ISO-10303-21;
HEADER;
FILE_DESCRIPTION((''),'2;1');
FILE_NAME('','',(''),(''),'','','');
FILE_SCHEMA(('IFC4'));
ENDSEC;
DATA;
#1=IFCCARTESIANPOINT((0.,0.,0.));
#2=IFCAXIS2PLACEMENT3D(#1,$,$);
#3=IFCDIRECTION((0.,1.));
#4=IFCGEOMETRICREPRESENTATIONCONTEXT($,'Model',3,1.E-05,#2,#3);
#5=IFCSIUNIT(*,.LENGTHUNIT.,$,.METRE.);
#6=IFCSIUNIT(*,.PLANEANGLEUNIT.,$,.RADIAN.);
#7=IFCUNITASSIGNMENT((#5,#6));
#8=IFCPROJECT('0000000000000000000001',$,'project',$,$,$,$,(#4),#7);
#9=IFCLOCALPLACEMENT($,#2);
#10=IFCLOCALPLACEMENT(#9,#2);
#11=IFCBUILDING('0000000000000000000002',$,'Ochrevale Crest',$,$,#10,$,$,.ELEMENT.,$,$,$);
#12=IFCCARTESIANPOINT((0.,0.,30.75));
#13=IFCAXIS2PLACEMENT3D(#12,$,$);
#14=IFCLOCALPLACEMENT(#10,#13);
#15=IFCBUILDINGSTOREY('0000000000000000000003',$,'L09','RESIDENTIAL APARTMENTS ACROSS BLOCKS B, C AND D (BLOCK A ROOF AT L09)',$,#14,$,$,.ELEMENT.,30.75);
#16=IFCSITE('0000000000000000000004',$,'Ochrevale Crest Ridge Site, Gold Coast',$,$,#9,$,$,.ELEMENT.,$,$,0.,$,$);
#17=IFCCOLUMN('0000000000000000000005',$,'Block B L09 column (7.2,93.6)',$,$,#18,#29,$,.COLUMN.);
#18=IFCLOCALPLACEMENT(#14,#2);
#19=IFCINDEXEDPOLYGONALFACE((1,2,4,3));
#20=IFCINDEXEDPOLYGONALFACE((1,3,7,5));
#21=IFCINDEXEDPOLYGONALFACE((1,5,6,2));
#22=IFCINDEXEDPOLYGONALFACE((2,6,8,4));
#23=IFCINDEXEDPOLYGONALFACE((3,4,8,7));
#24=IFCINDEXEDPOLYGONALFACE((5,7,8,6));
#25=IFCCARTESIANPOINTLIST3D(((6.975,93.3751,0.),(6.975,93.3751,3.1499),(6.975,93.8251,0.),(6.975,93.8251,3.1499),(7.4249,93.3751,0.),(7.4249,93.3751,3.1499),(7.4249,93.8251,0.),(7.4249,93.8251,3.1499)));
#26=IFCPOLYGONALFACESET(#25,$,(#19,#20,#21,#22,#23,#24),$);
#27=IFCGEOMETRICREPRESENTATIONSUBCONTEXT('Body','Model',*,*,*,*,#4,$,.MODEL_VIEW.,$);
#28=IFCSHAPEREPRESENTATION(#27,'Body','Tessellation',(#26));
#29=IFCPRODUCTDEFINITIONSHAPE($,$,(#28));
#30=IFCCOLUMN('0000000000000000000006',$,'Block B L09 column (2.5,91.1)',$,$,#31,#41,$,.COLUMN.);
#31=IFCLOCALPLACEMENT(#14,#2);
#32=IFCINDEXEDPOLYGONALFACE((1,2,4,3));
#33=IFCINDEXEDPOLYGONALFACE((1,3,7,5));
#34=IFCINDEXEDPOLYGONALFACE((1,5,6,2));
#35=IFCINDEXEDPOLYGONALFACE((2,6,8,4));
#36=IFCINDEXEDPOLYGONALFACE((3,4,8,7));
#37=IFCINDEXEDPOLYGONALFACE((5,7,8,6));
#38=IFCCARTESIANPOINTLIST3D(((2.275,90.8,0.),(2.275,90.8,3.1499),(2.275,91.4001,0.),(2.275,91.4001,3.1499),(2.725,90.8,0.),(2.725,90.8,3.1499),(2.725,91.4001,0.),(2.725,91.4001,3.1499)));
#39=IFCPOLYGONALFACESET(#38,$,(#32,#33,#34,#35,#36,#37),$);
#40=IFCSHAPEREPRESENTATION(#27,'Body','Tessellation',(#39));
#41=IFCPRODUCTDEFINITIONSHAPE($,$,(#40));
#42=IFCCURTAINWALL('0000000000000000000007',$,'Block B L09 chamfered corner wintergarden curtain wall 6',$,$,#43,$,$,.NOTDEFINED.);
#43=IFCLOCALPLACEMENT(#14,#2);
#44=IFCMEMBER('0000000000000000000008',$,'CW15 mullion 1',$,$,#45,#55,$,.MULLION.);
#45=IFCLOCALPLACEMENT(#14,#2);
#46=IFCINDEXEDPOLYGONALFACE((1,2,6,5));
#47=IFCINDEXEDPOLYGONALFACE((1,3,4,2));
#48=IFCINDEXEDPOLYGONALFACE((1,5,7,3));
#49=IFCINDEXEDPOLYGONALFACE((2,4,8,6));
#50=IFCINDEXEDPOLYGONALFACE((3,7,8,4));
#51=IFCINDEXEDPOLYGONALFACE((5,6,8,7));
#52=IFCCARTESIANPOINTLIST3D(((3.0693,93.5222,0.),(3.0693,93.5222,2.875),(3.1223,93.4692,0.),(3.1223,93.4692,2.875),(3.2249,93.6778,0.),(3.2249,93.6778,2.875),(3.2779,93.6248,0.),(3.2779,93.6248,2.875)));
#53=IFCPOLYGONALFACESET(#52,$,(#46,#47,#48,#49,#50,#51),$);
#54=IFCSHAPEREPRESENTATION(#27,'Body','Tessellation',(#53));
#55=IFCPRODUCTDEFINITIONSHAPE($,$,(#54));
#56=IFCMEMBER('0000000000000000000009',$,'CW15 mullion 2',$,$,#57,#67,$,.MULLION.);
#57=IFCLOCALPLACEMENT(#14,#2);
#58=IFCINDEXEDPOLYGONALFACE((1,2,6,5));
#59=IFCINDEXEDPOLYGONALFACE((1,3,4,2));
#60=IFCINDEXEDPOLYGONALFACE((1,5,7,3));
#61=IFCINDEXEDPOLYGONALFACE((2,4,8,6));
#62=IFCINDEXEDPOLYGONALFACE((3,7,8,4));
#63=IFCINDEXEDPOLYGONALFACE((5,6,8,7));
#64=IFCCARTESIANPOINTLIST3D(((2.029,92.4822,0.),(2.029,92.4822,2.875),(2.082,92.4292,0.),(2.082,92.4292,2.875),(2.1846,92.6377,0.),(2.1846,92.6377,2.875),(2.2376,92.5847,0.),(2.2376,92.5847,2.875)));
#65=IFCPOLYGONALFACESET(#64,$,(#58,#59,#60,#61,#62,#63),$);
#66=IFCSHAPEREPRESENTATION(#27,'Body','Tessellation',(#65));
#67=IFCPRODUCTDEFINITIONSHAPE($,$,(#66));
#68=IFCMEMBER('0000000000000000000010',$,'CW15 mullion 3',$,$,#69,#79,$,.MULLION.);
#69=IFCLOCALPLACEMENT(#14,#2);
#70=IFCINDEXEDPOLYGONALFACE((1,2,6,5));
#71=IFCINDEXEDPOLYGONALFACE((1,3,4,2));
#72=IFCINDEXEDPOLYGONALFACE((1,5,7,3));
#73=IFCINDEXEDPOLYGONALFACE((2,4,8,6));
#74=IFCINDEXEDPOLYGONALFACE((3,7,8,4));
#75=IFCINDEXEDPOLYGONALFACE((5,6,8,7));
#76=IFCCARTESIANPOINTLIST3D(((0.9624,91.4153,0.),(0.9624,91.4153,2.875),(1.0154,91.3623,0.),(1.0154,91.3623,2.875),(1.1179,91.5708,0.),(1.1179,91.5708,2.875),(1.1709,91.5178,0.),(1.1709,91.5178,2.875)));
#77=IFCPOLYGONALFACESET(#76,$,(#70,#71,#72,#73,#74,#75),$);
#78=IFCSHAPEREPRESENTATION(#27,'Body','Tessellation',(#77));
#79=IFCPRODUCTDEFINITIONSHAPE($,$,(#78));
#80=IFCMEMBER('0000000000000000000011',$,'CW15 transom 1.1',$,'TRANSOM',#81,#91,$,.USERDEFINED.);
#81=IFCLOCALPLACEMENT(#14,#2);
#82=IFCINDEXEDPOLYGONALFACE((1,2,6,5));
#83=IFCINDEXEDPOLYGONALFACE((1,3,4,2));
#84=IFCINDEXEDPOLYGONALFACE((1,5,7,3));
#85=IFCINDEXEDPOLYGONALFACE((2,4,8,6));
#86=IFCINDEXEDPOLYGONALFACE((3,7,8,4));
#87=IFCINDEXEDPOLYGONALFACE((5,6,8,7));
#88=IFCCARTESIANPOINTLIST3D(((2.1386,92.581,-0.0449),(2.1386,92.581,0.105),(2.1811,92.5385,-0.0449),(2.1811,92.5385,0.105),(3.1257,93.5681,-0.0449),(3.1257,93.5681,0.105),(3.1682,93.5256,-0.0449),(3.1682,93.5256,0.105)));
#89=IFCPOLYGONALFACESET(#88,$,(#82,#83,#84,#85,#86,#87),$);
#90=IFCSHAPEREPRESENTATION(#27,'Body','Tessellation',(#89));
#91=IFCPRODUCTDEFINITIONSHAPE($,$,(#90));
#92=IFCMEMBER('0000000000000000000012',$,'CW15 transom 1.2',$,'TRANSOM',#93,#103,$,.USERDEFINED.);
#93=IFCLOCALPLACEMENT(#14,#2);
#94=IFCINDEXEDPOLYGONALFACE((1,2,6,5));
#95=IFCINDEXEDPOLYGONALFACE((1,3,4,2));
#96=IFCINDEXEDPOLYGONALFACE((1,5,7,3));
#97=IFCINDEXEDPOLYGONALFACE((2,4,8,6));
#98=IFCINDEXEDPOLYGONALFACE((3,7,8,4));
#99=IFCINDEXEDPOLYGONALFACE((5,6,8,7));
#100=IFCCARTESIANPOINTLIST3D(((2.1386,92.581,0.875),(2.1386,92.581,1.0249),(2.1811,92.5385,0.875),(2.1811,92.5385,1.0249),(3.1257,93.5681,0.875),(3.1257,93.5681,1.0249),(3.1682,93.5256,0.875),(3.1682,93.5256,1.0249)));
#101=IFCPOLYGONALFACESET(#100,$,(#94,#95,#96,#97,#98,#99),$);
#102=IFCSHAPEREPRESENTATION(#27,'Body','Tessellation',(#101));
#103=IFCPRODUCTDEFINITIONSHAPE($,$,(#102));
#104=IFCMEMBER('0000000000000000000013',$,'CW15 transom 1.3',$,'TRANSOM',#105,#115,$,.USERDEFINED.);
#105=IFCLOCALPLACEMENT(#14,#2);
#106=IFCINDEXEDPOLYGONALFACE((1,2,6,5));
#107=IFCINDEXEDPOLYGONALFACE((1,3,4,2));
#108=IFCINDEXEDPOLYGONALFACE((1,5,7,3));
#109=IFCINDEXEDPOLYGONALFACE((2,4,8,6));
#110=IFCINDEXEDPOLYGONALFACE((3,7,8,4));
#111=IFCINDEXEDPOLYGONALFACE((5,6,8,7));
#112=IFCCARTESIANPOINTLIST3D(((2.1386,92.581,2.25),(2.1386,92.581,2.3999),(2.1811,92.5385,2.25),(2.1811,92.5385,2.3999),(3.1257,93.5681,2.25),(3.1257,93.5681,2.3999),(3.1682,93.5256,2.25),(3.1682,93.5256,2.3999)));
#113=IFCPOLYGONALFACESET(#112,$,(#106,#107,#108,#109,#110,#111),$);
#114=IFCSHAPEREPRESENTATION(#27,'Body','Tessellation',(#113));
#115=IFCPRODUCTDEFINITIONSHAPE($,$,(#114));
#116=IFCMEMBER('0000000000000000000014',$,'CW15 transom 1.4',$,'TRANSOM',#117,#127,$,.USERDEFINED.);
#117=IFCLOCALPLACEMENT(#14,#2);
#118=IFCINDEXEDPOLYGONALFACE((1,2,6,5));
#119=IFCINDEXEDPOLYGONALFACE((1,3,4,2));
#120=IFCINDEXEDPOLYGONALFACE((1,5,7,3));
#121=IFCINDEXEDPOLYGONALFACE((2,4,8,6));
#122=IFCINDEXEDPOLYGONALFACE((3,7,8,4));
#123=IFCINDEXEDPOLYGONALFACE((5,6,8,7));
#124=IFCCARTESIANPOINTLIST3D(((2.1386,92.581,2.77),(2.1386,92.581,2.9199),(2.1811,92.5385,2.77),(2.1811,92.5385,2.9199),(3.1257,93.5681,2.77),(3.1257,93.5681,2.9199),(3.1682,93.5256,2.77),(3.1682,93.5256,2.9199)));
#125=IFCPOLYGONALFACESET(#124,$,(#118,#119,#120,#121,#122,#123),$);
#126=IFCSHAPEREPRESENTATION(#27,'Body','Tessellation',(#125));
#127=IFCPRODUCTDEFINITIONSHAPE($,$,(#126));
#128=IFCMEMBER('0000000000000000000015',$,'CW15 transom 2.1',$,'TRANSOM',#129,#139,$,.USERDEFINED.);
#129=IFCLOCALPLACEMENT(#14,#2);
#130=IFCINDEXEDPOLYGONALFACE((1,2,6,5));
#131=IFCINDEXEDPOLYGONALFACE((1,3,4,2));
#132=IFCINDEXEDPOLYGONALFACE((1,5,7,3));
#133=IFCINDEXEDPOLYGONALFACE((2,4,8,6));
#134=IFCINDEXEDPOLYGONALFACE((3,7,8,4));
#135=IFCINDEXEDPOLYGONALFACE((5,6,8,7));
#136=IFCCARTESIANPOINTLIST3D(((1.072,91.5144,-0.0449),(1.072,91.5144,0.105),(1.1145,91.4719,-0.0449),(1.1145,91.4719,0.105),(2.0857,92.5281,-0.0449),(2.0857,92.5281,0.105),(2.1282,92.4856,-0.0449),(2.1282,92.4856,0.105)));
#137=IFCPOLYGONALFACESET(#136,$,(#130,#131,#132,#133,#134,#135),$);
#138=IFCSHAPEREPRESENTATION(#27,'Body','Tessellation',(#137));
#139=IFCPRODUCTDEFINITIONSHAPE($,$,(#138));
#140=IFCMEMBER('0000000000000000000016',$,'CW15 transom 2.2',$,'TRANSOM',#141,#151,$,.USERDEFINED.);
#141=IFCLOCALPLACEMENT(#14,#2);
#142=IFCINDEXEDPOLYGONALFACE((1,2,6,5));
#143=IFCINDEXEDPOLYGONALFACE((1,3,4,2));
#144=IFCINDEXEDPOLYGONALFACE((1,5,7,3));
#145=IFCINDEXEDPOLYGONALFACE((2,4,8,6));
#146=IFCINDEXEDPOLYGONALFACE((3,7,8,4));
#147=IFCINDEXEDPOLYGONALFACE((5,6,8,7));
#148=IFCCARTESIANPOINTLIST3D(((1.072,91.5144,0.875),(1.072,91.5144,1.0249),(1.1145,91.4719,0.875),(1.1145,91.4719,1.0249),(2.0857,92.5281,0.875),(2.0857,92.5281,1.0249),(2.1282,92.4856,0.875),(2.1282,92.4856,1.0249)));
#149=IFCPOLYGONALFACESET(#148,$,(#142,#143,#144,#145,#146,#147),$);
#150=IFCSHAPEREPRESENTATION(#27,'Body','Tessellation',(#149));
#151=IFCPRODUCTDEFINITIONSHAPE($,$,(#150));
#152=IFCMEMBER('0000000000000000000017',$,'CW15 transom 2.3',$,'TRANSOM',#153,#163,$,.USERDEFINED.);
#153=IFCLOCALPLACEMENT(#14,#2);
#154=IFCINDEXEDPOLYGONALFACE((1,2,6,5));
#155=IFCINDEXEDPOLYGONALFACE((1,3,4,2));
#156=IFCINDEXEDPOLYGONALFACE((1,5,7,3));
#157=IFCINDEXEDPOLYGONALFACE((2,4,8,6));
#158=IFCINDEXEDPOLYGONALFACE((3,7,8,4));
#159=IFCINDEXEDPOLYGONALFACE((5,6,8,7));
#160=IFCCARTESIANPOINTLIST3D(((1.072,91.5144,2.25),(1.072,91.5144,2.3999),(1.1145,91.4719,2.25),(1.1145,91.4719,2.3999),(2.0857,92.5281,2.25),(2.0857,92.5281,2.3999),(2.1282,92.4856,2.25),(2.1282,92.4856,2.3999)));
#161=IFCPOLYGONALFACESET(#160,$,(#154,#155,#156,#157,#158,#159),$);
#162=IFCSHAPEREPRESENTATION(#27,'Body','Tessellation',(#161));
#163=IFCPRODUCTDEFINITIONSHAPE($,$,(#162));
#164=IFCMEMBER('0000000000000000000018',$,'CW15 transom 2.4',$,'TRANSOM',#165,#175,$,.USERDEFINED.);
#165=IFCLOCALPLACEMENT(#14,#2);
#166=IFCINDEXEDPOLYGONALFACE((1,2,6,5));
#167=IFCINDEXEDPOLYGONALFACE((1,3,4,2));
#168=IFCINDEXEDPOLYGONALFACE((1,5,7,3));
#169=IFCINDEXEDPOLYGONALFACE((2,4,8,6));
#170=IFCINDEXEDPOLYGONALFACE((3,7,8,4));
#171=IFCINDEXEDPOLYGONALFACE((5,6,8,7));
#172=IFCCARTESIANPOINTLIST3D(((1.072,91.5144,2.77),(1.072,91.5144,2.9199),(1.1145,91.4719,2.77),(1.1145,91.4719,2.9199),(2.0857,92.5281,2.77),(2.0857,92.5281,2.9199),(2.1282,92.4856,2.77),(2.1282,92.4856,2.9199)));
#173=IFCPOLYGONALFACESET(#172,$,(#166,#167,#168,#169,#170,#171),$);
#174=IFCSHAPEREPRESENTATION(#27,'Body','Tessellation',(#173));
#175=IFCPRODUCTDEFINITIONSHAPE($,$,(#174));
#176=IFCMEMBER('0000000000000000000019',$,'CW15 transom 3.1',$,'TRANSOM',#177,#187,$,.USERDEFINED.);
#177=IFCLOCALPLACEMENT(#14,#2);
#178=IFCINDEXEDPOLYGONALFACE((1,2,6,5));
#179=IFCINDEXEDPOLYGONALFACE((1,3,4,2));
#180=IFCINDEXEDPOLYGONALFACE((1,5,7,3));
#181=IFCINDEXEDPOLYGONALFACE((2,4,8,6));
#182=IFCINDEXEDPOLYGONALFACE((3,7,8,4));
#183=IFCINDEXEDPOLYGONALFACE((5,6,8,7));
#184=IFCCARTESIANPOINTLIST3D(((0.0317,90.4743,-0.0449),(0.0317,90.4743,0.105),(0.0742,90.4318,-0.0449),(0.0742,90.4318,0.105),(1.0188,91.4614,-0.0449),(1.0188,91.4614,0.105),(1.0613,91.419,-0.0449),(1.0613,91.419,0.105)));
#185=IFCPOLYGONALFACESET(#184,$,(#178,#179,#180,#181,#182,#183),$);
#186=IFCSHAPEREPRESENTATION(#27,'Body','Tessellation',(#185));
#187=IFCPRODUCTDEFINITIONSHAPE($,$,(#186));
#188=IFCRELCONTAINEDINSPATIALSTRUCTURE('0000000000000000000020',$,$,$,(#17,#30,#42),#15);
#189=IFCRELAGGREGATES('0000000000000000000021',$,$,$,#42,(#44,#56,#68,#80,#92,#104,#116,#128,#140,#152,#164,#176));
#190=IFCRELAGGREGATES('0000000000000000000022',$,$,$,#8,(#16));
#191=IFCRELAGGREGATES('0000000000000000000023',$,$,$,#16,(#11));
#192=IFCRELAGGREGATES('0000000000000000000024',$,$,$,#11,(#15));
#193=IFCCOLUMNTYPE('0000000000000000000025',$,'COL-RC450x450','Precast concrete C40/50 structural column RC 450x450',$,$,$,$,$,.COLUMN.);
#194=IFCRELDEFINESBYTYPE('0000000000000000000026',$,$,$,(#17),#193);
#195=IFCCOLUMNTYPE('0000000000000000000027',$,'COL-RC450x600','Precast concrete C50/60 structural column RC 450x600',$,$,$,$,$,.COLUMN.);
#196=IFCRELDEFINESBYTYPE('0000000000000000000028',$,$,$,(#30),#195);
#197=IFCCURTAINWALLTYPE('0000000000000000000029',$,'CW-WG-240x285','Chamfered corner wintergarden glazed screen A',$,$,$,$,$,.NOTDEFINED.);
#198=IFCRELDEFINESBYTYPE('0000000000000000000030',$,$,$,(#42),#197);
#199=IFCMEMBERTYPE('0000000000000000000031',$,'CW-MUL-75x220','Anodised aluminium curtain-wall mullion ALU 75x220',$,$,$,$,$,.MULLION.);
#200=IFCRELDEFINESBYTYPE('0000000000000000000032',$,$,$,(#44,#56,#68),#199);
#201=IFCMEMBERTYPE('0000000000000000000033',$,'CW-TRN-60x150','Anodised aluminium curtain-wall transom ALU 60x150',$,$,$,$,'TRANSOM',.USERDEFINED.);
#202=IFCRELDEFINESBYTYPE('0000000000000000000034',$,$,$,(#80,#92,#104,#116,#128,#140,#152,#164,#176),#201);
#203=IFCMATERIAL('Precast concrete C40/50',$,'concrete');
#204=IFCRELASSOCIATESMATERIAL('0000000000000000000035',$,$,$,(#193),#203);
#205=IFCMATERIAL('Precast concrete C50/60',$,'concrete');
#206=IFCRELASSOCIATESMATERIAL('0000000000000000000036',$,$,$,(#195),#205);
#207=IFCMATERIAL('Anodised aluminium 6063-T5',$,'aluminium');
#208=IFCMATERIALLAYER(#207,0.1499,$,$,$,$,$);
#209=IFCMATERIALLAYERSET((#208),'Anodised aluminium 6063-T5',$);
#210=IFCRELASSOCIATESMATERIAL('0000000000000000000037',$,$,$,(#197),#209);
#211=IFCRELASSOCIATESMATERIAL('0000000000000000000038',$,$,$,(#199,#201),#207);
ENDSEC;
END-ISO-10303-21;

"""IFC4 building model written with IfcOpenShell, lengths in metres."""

from ifc_helpers import new_model, si_unit, direction, frame, origin, origin_2d, place, context, subcontext, project, spatial, rectangle, extrude, material, layer, layer_set, material_profile, profile_set, type_object, element, aggregate, save


model = new_model("IFC4")

# Units and contexts
model_context = context("Model", 3, precision=1e-05, world=origin(), true_north=direction((0.0, 1.0)))
body_context = subcontext(model_context, "Body", "Model", "MODEL_VIEW")
ifc_project = project(units=[si_unit("LENGTHUNIT", "METRE"), si_unit("PLANEANGLEUNIT", "RADIAN")], contexts=[model_context])

# Site, building, storey
site_placement = place(None, origin())
site = spatial("IfcSite", under=ifc_project, at=site_placement, Name="Ochrevale Crest Ridge Site, Gold Coast", CompositionType="ELEMENT", RefElevation=0.0)
building_placement = place(site_placement, origin())
building = spatial("IfcBuilding", under=site, at=building_placement, Name="Ochrevale Crest", CompositionType="ELEMENT")
storey_placement = place(building_placement, frame((0.0, 0.0, 30.75)))
storey = spatial("IfcBuildingStorey", under=building, at=storey_placement, Name="L09", Description="RESIDENTIAL APARTMENTS ACROSS BLOCKS B, C AND D (BLOCK A ROOF AT L09)", CompositionType="ELEMENT", Elevation=30.75)

# Columns
ifc_material_1 = material(Name="Precast concrete C40/50", Category="concrete")
ifc_material_profile_1 = material_profile(ifc_material_1, rectangle(XDim=0.45, YDim=0.45, at=origin_2d()), Name="RC 450x450")
ifc_profile_set_1 = profile_set([ifc_material_profile_1], Name="Precast concrete C40/50")
column_type_1 = type_object("IfcColumnType", Name="COL-RC450x450", Description="Precast concrete C40/50 structural column RC 450x450", PredefinedType="COLUMN", material=ifc_profile_set_1)
column_1_placement = place(storey_placement, frame((7.2, 93.6001, 0.0), z_axis=(0.0, 0.0, 1.0), x_axis=(1.0, 0.0, 0.0)))
element("IfcColumn", 1, at=column_1_placement, inside=storey, type_object=column_type_1, Name="Block B L09 column (7.2,93.6)", PredefinedType="COLUMN", context=body_context, shape_type="SweptSolid", body=[
    extrude(rectangle(XDim=0.45, YDim=0.45, at=origin_2d()), origin(), (0.0, 0.0, 1.0), 3.1499),
])
ifc_material_2 = material(Name="Precast concrete C50/60", Category="concrete")
ifc_material_profile_2 = material_profile(ifc_material_2, rectangle(XDim=0.45, YDim=0.6001, at=origin_2d()), Name="RC 450x600")
ifc_profile_set_2 = profile_set([ifc_material_profile_2], Name="Precast concrete C50/60")
column_type_2 = type_object("IfcColumnType", Name="COL-RC450x600", Description="Precast concrete C50/60 structural column RC 450x600", PredefinedType="COLUMN", material=ifc_profile_set_2)
column_2_placement = place(storey_placement, frame((2.5, 91.1001, 0.0), z_axis=(0.0, 0.0, 1.0), x_axis=(1.0, 0.0, 0.0)))
element("IfcColumn", 2, at=column_2_placement, inside=storey, type_object=column_type_2, Name="Block B L09 column (2.5,91.1)", PredefinedType="COLUMN", context=body_context, shape_type="SweptSolid", body=[
    extrude(rectangle(XDim=0.45, YDim=0.6001, at=origin_2d()), origin(), (0.0, 0.0, 1.0), 3.1499),
])

# Curtain wall, members
ifc_material_3 = material(Name="Anodised aluminium 6063-T5", Category="aluminium")
ifc_layer_1 = layer(ifc_material_3, 0.1499)
ifc_layer_set_1 = layer_set([ifc_layer_1], Name="Anodised aluminium 6063-T5")
curtain_wall_type = type_object("IfcCurtainWallType", Name="CW-WG-240x285", Description="Chamfered corner wintergarden glazed screen A", PredefinedType="NOTDEFINED", material=ifc_layer_set_1)
curtain_wall_placement = place(storey_placement, origin())
curtain_wall = element("IfcCurtainWall", 3, at=curtain_wall_placement, inside=storey, type_object=curtain_wall_type, Name="Block B L09 chamfered corner wintergarden curtain wall 6", PredefinedType="NOTDEFINED")
ifc_material_profile_3 = material_profile(ifc_material_3, rectangle(XDim=0.075, YDim=0.22, at=origin_2d()), Name="ALU 75x220")
ifc_profile_set_3 = profile_set([ifc_material_profile_3], Name="Anodised aluminium 6063-T5")
member_type_1 = type_object("IfcMemberType", Name="CW-MUL-75x220", Description="Anodised aluminium curtain-wall mullion ALU 75x220", PredefinedType="MULLION", material=ifc_profile_set_3)
member_1_placement = place(storey_placement, frame((3.1736, 93.5735, 0.0), z_axis=(0.0, 0.0, 1.0), x_axis=(0.707107, -0.707107, 0.0)))
member_1 = element("IfcMember", 4, at=member_1_placement, type_object=member_type_1, Name="CW15 mullion 1", PredefinedType="MULLION", context=body_context, shape_type="SweptSolid", body=[
    extrude(rectangle(XDim=0.075, YDim=0.22, at=origin_2d()), origin(), (0.0, 0.0, 1.0), 2.875),
])
member_2_placement = place(storey_placement, frame((2.1333, 92.5334, 0.0), z_axis=(0.0, 0.0, 1.0), x_axis=(0.707107, -0.707107, 0.0)))
member_2 = element("IfcMember", 5, at=member_2_placement, type_object=member_type_1, Name="CW15 mullion 2", PredefinedType="MULLION", context=body_context, shape_type="SweptSolid", body=[
    extrude(rectangle(XDim=0.075, YDim=0.22, at=origin_2d()), origin(), (0.0, 0.0, 1.0), 2.875),
])
member_3_placement = place(storey_placement, frame((1.0667, 91.4666, 0.0), z_axis=(0.0, 0.0, 1.0), x_axis=(0.707107, -0.707107, 0.0)))
member_3 = element("IfcMember", 6, at=member_3_placement, type_object=member_type_1, Name="CW15 mullion 3", PredefinedType="MULLION", context=body_context, shape_type="SweptSolid", body=[
    extrude(rectangle(XDim=0.075, YDim=0.22, at=origin_2d()), origin(), (0.0, 0.0, 1.0), 2.875),
])
ifc_material_profile_4 = material_profile(ifc_material_3, rectangle(XDim=0.0601, YDim=0.1499, at=origin_2d()), Name="ALU 60x150")
ifc_profile_set_4 = profile_set([ifc_material_profile_4], Name="Anodised aluminium 6063-T5")
member_type_2 = type_object("IfcMemberType", Name="CW-TRN-60x150", Description="Anodised aluminium curtain-wall transom ALU 60x150", ElementType="TRANSOM", PredefinedType="USERDEFINED", material=ifc_profile_set_4)
member_4_placement = place(storey_placement, frame((3.147, 93.5469, 0.03), z_axis=(-0.707107, -0.707107, 0.0), x_axis=(0.707107, -0.707107, 0.0)))
member_4 = element("IfcMember", 7, at=member_4_placement, type_object=member_type_2, Name="CW15 transom 1.1", ObjectType="TRANSOM", PredefinedType="USERDEFINED", context=body_context, shape_type="SweptSolid", body=[
    extrude(rectangle(XDim=0.0601, YDim=0.1499, at=origin_2d()), origin(), (0.0, 0.0, 1.0), 1.396),
])
member_5_placement = place(storey_placement, frame((3.147, 93.5469, 0.95), z_axis=(-0.707107, -0.707107, 0.0), x_axis=(0.707107, -0.707107, 0.0)))
member_5 = element("IfcMember", 8, at=member_5_placement, type_object=member_type_2, Name="CW15 transom 1.2", ObjectType="TRANSOM", PredefinedType="USERDEFINED", context=body_context, shape_type="SweptSolid", body=[
    extrude(rectangle(XDim=0.0601, YDim=0.1499, at=origin_2d()), origin(), (0.0, 0.0, 1.0), 1.396),
])
member_6_placement = place(storey_placement, frame((3.147, 93.5469, 2.325), z_axis=(-0.707107, -0.707107, 0.0), x_axis=(0.707107, -0.707107, 0.0)))
member_6 = element("IfcMember", 9, at=member_6_placement, type_object=member_type_2, Name="CW15 transom 1.3", ObjectType="TRANSOM", PredefinedType="USERDEFINED", context=body_context, shape_type="SweptSolid", body=[
    extrude(rectangle(XDim=0.0601, YDim=0.1499, at=origin_2d()), origin(), (0.0, 0.0, 1.0), 1.396),
])
member_7_placement = place(storey_placement, frame((3.147, 93.5469, 2.845), z_axis=(-0.707107, -0.707107, 0.0), x_axis=(0.707107, -0.707107, 0.0)))
member_7 = element("IfcMember", 10, at=member_7_placement, type_object=member_type_2, Name="CW15 transom 1.4", ObjectType="TRANSOM", PredefinedType="USERDEFINED", context=body_context, shape_type="SweptSolid", body=[
    extrude(rectangle(XDim=0.0601, YDim=0.1499, at=origin_2d()), origin(), (0.0, 0.0, 1.0), 1.396),
])
member_8_placement = place(storey_placement, frame((2.1069, 92.5068, 0.03), z_axis=(-0.707107, -0.707107, 0.0), x_axis=(0.707107, -0.707107, 0.0)))
member_8 = element("IfcMember", 11, at=member_8_placement, type_object=member_type_2, Name="CW15 transom 2.1", ObjectType="TRANSOM", PredefinedType="USERDEFINED", context=body_context, shape_type="SweptSolid", body=[
    extrude(rectangle(XDim=0.0601, YDim=0.1499, at=origin_2d()), origin(), (0.0, 0.0, 1.0), 1.4336),
])
member_9_placement = place(storey_placement, frame((2.1069, 92.5068, 0.95), z_axis=(-0.707107, -0.707107, 0.0), x_axis=(0.707107, -0.707107, 0.0)))
member_9 = element("IfcMember", 12, at=member_9_placement, type_object=member_type_2, Name="CW15 transom 2.2", ObjectType="TRANSOM", PredefinedType="USERDEFINED", context=body_context, shape_type="SweptSolid", body=[
    extrude(rectangle(XDim=0.0601, YDim=0.1499, at=origin_2d()), origin(), (0.0, 0.0, 1.0), 1.4336),
])
member_10_placement = place(storey_placement, frame((2.1069, 92.5068, 2.325), z_axis=(-0.707107, -0.707107, 0.0), x_axis=(0.707107, -0.707107, 0.0)))
member_10 = element("IfcMember", 13, at=member_10_placement, type_object=member_type_2, Name="CW15 transom 2.3", ObjectType="TRANSOM", PredefinedType="USERDEFINED", context=body_context, shape_type="SweptSolid", body=[
    extrude(rectangle(XDim=0.0601, YDim=0.1499, at=origin_2d()), origin(), (0.0, 0.0, 1.0), 1.4336),
])
member_11_placement = place(storey_placement, frame((2.1069, 92.5068, 2.845), z_axis=(-0.707107, -0.707107, 0.0), x_axis=(0.707107, -0.707107, 0.0)))
member_11 = element("IfcMember", 14, at=member_11_placement, type_object=member_type_2, Name="CW15 transom 2.4", ObjectType="TRANSOM", PredefinedType="USERDEFINED", context=body_context, shape_type="SweptSolid", body=[
    extrude(rectangle(XDim=0.0601, YDim=0.1499, at=origin_2d()), origin(), (0.0, 0.0, 1.0), 1.4336),
])
member_12_placement = place(storey_placement, frame((1.04, 91.4402, 0.03), z_axis=(-0.707107, -0.707107, 0.0), x_axis=(0.707107, -0.707107, 0.0)))
member_12 = element("IfcMember", 15, at=member_12_placement, type_object=member_type_2, Name="CW15 transom 3.1", ObjectType="TRANSOM", PredefinedType="USERDEFINED", context=body_context, shape_type="SweptSolid", body=[
    extrude(rectangle(XDim=0.0601, YDim=0.1499, at=origin_2d()), origin(), (0.0, 0.0, 1.0), 1.396),
])
aggregate(curtain_wall, [member_1, member_2, member_3, member_4, member_5, member_6, member_7, member_8, member_9, member_10, member_11, member_12])

save(model, "model.ifc")
